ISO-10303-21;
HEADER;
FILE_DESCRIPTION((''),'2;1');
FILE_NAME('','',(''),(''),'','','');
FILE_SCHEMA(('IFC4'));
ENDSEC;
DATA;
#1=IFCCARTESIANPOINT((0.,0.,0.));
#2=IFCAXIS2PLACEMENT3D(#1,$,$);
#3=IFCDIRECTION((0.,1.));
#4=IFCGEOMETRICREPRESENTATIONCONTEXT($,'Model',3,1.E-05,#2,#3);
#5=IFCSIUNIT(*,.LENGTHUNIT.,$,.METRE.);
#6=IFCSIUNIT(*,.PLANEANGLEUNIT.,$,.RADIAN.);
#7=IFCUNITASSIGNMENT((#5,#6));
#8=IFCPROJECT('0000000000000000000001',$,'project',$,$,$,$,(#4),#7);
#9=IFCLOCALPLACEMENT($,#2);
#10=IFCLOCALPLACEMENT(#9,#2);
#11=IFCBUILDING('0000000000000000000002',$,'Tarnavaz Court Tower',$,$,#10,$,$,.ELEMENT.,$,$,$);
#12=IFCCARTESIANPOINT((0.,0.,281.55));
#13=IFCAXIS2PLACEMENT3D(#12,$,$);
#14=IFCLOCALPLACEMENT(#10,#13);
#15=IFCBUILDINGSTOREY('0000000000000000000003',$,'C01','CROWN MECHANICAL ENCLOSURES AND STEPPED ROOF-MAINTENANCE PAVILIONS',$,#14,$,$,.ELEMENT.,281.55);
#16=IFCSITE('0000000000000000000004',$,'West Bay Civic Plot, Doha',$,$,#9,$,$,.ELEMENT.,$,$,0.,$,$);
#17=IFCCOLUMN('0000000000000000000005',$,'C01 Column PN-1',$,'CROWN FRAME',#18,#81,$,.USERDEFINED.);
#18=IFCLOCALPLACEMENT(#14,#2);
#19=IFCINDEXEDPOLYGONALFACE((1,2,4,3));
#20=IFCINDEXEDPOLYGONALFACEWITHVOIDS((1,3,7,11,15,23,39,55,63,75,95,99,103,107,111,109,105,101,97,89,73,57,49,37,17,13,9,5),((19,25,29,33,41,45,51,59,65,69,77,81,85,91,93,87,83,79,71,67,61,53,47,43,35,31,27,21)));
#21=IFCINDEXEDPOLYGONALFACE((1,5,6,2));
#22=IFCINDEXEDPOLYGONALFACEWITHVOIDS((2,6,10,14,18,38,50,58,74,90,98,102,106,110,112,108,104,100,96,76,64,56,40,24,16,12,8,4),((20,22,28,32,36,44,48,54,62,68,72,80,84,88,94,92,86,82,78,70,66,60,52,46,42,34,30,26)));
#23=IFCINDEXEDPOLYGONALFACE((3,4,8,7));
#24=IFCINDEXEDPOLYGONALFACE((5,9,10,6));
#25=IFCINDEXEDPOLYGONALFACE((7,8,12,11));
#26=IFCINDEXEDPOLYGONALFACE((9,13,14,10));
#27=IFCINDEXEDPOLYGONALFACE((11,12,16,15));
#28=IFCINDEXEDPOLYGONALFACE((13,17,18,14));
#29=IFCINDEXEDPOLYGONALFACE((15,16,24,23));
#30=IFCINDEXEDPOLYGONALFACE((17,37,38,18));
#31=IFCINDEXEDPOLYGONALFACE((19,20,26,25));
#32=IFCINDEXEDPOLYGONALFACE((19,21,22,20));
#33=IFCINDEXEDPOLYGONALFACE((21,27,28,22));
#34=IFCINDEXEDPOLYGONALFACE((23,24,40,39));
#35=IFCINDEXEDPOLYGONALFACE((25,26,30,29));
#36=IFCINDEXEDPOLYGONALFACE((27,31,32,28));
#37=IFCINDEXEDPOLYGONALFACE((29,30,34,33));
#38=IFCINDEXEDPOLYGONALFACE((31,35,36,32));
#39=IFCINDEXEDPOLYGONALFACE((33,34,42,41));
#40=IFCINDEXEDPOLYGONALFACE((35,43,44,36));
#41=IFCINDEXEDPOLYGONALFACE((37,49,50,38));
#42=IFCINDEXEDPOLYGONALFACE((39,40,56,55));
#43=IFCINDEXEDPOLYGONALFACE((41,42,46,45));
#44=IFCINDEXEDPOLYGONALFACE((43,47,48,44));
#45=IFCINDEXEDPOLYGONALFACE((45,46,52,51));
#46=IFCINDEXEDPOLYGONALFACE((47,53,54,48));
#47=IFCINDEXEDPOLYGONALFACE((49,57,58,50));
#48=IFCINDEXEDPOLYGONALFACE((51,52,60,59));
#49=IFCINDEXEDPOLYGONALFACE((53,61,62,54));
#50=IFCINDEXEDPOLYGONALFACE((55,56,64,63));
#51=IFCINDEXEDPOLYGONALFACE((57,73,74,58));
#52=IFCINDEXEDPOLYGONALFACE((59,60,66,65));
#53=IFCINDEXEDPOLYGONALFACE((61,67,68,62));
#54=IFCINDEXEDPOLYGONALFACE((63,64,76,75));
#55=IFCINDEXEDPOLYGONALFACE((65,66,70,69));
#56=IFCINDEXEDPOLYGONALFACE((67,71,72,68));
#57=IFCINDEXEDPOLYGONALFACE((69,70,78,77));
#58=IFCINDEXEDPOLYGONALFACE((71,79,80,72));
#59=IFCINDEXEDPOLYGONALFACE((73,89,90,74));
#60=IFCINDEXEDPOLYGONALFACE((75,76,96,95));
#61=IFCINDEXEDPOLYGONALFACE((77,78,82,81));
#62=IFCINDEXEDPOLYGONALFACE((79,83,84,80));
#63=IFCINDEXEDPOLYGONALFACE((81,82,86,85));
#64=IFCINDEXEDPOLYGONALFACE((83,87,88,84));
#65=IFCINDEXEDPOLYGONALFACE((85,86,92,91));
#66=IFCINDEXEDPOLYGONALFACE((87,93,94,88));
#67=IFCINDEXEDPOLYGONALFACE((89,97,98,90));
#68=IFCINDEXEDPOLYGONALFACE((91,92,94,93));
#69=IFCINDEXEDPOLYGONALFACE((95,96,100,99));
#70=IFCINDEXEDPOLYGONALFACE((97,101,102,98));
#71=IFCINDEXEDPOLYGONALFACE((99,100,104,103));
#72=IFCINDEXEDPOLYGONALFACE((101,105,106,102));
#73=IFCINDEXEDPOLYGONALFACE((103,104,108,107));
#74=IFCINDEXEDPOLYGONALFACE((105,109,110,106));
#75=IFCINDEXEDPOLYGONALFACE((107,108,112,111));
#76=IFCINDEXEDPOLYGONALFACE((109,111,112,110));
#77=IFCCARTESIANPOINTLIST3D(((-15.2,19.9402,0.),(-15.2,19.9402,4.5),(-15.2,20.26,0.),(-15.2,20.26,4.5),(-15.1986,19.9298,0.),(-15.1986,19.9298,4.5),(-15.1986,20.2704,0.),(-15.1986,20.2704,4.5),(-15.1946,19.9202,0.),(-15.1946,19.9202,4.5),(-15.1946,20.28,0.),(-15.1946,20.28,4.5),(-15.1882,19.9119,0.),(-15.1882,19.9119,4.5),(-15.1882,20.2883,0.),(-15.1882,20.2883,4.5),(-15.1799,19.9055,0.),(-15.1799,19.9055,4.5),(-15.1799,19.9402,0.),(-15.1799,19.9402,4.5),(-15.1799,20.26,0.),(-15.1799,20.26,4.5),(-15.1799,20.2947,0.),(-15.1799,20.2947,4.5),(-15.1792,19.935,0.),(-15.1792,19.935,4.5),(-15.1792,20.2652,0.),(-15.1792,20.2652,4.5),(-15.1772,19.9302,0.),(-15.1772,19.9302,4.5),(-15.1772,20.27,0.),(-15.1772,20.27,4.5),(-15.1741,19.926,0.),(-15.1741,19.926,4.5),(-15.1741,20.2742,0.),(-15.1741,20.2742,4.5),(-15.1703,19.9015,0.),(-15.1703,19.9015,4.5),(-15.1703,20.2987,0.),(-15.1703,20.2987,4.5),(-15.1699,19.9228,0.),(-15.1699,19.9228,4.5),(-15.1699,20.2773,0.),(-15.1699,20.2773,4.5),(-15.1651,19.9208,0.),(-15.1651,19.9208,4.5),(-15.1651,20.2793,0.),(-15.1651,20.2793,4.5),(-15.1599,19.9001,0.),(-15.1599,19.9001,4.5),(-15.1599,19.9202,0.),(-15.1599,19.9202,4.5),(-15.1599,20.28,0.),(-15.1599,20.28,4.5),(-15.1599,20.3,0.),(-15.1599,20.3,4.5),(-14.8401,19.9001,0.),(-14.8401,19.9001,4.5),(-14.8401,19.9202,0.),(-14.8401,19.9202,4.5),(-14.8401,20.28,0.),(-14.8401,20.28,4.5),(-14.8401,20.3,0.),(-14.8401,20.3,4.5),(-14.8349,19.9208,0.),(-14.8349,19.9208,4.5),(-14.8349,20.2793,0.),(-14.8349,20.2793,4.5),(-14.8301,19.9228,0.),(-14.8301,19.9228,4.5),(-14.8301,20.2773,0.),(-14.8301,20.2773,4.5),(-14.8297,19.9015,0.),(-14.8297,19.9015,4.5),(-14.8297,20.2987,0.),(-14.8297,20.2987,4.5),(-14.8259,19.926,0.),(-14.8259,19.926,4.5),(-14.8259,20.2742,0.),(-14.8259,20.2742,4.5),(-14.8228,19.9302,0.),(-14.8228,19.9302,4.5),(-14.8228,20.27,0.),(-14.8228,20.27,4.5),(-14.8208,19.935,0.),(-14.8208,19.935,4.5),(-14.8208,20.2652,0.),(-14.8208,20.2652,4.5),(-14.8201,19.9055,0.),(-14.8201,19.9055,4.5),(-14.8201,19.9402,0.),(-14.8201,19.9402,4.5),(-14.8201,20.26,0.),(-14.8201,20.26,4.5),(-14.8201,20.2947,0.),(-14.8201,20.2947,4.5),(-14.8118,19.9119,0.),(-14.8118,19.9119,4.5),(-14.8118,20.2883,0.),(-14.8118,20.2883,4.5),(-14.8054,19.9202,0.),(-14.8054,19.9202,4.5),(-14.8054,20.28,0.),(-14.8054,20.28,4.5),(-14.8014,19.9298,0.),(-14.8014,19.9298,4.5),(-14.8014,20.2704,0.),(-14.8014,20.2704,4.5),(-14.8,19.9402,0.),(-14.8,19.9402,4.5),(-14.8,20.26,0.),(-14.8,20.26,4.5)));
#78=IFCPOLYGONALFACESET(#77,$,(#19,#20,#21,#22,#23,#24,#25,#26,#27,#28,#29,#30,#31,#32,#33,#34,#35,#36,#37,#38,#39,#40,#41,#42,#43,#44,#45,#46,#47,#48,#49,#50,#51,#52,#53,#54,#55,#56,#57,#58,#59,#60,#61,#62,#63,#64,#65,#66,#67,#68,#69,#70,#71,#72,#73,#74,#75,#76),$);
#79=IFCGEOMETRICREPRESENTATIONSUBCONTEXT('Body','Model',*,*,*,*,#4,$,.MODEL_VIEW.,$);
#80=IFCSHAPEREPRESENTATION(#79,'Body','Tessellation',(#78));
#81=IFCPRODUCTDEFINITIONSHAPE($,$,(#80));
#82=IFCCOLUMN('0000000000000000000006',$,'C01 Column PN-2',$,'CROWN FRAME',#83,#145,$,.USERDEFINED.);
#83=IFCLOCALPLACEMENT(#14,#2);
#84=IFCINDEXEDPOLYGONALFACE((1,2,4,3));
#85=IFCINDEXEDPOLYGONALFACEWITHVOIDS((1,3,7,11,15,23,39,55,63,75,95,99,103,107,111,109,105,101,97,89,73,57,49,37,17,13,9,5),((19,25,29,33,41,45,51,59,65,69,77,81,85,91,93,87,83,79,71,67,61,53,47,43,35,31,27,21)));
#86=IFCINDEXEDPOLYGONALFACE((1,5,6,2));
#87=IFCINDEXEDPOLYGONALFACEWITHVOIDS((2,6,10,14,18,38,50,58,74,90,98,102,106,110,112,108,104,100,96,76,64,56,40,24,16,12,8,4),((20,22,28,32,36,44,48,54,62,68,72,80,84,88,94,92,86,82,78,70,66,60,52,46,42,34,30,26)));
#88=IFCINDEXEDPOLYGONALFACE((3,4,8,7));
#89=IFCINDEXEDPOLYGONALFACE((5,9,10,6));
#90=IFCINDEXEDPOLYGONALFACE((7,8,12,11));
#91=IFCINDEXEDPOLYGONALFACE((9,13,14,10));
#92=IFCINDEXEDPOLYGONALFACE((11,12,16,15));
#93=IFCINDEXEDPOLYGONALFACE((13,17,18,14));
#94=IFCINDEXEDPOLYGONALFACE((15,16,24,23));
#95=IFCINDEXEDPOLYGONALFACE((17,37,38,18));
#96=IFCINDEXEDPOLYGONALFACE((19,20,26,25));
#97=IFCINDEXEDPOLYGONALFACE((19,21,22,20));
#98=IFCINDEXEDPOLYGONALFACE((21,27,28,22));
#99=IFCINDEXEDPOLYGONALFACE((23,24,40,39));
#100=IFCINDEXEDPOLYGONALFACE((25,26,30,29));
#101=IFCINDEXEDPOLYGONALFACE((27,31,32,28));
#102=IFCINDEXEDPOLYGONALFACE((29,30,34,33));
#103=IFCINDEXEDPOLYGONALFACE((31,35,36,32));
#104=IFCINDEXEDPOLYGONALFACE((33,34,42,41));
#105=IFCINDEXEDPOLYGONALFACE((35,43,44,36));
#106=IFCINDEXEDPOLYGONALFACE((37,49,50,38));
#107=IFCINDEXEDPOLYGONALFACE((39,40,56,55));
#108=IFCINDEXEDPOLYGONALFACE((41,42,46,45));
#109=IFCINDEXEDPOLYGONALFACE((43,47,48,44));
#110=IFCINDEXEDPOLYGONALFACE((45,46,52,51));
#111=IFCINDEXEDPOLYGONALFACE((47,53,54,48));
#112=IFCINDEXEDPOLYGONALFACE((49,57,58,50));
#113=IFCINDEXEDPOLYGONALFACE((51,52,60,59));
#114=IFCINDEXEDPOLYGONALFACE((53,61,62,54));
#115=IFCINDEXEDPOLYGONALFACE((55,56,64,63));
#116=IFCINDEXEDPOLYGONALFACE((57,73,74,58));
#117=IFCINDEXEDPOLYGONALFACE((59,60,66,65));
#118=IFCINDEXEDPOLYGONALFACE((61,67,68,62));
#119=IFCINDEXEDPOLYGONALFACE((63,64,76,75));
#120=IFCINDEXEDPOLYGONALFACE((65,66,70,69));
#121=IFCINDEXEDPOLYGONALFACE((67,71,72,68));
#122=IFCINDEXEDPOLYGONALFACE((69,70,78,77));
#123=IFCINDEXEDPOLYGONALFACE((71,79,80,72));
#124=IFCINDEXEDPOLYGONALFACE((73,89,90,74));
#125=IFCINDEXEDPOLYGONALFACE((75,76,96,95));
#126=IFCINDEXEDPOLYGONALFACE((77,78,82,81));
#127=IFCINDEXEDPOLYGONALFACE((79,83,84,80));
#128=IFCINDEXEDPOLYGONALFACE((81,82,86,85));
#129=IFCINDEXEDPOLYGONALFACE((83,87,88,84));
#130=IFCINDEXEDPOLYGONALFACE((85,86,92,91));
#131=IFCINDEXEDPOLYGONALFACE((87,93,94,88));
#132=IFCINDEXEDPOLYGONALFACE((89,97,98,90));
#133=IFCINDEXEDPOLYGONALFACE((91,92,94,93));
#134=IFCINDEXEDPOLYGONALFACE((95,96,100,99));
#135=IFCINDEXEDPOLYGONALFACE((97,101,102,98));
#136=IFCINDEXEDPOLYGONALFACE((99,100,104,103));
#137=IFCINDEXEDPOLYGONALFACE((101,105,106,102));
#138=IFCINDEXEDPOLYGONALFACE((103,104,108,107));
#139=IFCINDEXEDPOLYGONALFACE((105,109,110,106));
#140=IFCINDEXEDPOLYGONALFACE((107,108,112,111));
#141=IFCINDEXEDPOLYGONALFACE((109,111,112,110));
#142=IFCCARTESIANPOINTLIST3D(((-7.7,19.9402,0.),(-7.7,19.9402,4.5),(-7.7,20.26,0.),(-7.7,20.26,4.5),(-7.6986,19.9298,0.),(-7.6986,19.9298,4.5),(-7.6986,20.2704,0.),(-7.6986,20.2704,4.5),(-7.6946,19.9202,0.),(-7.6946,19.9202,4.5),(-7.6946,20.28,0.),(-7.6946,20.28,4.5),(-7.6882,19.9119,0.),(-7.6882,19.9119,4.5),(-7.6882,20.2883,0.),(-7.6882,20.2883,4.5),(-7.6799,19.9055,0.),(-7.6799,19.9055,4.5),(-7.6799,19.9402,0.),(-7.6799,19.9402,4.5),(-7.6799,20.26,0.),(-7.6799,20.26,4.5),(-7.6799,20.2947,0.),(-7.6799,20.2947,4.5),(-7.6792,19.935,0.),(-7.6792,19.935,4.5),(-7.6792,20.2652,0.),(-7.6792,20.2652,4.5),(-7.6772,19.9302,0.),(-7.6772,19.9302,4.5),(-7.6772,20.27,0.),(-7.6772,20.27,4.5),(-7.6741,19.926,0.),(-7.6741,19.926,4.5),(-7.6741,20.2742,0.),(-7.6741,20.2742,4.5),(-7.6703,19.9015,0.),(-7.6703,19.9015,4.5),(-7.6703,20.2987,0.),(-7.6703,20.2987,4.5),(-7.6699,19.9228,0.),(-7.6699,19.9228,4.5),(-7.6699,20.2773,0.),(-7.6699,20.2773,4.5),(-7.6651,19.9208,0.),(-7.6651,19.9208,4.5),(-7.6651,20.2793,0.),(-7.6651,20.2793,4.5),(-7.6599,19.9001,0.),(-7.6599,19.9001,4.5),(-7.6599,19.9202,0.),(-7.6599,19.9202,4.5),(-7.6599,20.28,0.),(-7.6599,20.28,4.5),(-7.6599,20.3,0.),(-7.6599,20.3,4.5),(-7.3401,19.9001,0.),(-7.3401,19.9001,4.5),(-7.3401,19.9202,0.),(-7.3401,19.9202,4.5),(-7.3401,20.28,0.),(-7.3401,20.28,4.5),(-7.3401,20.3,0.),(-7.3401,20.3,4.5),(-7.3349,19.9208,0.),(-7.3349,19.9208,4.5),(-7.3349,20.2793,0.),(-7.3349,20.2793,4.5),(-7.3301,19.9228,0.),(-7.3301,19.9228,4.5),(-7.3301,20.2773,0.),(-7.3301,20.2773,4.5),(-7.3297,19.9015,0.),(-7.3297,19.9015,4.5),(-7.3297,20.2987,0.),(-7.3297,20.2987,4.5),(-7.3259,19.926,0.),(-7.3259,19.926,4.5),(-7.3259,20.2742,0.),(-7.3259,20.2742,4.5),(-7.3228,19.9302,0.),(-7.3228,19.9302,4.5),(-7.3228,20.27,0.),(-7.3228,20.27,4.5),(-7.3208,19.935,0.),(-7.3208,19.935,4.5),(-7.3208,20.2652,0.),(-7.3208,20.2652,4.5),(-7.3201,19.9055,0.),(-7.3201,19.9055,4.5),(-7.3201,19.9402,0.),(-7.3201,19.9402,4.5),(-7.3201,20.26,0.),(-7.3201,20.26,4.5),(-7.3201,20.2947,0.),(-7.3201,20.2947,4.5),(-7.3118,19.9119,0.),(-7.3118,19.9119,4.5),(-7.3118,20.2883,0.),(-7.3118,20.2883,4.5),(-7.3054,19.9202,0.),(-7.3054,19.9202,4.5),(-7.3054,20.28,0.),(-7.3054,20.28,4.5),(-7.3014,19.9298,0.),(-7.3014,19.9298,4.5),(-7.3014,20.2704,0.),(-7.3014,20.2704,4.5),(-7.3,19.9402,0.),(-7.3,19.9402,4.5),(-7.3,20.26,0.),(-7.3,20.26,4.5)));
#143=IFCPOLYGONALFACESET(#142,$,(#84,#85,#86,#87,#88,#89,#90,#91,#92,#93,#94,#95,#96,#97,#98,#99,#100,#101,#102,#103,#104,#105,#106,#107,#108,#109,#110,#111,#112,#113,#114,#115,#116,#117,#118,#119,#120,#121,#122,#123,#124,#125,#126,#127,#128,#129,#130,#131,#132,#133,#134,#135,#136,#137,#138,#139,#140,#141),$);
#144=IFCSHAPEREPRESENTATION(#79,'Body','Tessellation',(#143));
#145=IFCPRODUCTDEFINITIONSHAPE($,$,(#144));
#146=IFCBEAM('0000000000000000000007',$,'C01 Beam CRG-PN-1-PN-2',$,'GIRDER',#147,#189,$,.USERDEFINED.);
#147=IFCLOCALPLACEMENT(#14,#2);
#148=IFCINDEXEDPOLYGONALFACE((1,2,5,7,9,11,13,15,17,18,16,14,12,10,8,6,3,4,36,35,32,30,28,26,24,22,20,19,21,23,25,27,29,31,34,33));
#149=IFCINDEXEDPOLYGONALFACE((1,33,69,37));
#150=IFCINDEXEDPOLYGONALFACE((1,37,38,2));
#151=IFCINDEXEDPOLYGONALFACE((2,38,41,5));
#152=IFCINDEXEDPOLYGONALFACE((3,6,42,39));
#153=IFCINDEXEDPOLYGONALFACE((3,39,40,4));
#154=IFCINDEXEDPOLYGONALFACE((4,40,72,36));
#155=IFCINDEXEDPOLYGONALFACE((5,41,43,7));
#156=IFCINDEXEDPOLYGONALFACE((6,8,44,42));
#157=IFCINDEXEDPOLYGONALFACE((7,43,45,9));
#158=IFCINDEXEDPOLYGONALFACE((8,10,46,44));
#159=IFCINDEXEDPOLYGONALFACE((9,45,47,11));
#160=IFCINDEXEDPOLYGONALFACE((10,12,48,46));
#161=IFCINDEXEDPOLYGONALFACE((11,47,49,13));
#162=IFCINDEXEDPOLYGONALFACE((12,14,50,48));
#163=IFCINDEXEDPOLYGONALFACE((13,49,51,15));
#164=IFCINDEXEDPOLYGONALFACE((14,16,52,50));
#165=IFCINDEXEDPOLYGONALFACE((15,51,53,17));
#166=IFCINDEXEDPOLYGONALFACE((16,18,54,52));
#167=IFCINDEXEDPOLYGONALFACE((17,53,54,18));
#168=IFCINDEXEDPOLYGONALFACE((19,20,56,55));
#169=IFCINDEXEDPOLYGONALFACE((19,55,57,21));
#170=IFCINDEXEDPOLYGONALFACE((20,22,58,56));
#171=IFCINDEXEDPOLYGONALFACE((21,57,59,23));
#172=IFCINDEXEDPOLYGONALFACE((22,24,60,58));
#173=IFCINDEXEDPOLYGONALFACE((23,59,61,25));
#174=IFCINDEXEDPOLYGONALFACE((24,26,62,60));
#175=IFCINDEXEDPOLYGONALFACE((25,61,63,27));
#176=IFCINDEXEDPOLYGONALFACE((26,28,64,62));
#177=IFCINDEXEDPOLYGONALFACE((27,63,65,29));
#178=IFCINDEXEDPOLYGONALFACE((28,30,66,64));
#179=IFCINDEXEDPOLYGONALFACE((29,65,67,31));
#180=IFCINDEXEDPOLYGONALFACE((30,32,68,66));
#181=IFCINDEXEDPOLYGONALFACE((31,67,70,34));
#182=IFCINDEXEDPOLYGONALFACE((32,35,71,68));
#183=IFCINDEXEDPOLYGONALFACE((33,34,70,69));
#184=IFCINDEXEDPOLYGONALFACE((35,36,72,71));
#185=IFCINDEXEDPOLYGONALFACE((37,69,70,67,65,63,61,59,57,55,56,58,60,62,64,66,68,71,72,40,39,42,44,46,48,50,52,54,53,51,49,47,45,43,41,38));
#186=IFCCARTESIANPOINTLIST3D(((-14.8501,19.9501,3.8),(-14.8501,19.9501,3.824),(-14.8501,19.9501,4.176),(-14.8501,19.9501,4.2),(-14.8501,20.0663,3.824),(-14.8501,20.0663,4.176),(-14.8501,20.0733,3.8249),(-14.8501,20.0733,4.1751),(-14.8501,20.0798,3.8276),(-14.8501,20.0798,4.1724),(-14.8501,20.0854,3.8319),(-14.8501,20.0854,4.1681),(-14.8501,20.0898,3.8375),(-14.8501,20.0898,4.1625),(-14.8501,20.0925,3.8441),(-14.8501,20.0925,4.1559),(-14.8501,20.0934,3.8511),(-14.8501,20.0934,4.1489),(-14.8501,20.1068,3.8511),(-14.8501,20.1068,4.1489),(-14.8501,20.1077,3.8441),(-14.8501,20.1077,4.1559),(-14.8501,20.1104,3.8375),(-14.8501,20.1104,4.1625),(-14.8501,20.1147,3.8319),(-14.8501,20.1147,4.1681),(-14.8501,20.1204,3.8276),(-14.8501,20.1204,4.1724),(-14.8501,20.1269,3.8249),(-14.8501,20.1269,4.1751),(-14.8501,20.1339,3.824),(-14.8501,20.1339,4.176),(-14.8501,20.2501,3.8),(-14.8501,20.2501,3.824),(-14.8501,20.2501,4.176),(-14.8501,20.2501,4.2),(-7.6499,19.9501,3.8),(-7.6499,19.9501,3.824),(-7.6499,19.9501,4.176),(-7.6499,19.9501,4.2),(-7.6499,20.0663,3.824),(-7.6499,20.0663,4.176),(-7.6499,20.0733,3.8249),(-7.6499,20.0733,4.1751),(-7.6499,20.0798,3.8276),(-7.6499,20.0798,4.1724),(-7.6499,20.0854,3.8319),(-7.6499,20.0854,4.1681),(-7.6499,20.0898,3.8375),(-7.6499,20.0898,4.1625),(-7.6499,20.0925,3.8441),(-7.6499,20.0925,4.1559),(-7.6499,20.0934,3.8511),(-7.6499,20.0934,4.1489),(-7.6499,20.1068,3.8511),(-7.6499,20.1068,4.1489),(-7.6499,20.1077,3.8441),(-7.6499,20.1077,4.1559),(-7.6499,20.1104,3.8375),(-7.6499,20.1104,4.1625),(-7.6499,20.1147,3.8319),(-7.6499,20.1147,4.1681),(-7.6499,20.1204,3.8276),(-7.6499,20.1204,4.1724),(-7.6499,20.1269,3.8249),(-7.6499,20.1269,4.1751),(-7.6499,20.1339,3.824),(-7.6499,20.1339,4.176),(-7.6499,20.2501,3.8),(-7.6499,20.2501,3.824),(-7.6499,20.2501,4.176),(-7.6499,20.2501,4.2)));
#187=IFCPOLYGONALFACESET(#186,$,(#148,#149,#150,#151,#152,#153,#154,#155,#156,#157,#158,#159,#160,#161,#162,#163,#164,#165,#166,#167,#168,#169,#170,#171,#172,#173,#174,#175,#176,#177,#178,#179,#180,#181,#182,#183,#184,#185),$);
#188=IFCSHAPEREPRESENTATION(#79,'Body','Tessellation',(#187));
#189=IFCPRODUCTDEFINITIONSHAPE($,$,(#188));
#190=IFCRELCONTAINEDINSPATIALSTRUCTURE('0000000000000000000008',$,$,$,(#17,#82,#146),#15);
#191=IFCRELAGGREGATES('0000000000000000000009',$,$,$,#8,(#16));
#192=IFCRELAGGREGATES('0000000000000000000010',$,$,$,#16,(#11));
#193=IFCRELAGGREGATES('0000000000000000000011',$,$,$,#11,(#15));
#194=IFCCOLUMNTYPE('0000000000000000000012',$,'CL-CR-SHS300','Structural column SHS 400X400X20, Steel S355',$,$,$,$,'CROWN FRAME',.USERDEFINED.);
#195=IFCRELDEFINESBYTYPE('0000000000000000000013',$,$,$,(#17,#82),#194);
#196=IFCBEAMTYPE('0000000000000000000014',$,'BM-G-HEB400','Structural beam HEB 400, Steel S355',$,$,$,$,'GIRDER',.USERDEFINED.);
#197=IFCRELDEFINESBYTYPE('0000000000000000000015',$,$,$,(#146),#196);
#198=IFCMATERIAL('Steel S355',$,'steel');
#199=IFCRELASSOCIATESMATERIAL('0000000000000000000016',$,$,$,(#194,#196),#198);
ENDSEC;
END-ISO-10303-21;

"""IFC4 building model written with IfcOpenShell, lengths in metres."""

from ifc_helpers import new_model, si_unit, direction, frame, origin, origin_2d, place, context, subcontext, project, spatial, hollow_rectangle, i_section, extrude, material, material_profile, profile_set, type_object, element, save


model = new_model("IFC4")

# Units and contexts
model_context = context("Model", 3, precision=1e-05, world=origin(), true_north=direction((0.0, 1.0)))
body_context = subcontext(model_context, "Body", "Model", "MODEL_VIEW")
ifc_project = project(units=[si_unit("LENGTHUNIT", "METRE"), si_unit("PLANEANGLEUNIT", "RADIAN")], contexts=[model_context])

# Site, building, storey
site_placement = place(None, origin())
site = spatial("IfcSite", under=ifc_project, at=site_placement, Name="West Bay Civic Plot, Doha", CompositionType="ELEMENT", RefElevation=0.0)
building_placement = place(site_placement, origin())
building = spatial("IfcBuilding", under=site, at=building_placement, Name="Tarnavaz Court Tower", CompositionType="ELEMENT")
storey_placement = place(building_placement, frame((0.0, 0.0, 281.55)))
storey = spatial("IfcBuildingStorey", under=building, at=storey_placement, Name="C01", Description="CROWN MECHANICAL ENCLOSURES AND STEPPED ROOF-MAINTENANCE PAVILIONS", CompositionType="ELEMENT", Elevation=281.55)

# Columns
ifc_material_1 = material(Name="Steel S355", Category="steel")
ifc_material_profile_1 = material_profile(ifc_material_1, hollow_rectangle(XDim=0.3999, YDim=0.3999, WallThickness=0.02, InnerFilletRadius=0.02, OuterFilletRadius=0.04, at=origin_2d()), Name="SHS 400X400X20")
ifc_profile_set_1 = profile_set([ifc_material_profile_1], Name="Steel S355")
column_type = type_object("IfcColumnType", Name="CL-CR-SHS300", Description="Structural column SHS 400X400X20, Steel S355", ElementType="CROWN FRAME", PredefinedType="USERDEFINED", material=ifc_profile_set_1)
for number, where, z_axis, x_axis, name in (
    (1, (-15.0, 20.1001, 0.0), (0.0, 0.0, 1.0), (1.0, 0.0, 0.0), "C01 Column PN-1"),
    (2, (-7.5, 20.1001, 0.0), (0.0, 0.0, 1.0), (1.0, 0.0, 0.0), "C01 Column PN-2"),
):
    element("IfcColumn", number, at=place(storey_placement, frame(where, z_axis=z_axis, x_axis=x_axis)), inside=storey, type_object=column_type, Name=name, ObjectType="CROWN FRAME", PredefinedType="USERDEFINED", context=body_context, shape_type="SweptSolid", body=[
        extrude(hollow_rectangle(XDim=0.3999, YDim=0.3999, WallThickness=0.02, InnerFilletRadius=0.02, OuterFilletRadius=0.04, at=origin_2d()), origin(), (0.0, 0.0, 1.0), 4.5),
    ])

# Beam
ifc_material_profile_2 = material_profile(ifc_material_1, i_section(OverallWidth=0.3, OverallDepth=0.3999, WebThickness=0.0134, FlangeThickness=0.0239, FilletRadius=0.0271, at=origin_2d()), Name="HEB 400")
ifc_profile_set_2 = profile_set([ifc_material_profile_2], Name="Steel S355")
beam_type = type_object("IfcBeamType", Name="BM-G-HEB400", Description="Structural beam HEB 400, Steel S355", ElementType="GIRDER", PredefinedType="USERDEFINED", material=ifc_profile_set_2)
beam_1_placement = place(storey_placement, frame((-14.8501, 20.1001, 4.0), z_axis=(1.0, 0.0, 0.0), x_axis=(0.0, 1.0, 0.0)))
element("IfcBeam", 3, at=beam_1_placement, inside=storey, type_object=beam_type, Name="C01 Beam CRG-PN-1-PN-2", ObjectType="GIRDER", PredefinedType="USERDEFINED", context=body_context, shape_type="SweptSolid", body=[
    extrude(i_section(OverallWidth=0.3, OverallDepth=0.3999, WebThickness=0.0134, FlangeThickness=0.0239, FilletRadius=0.0271, at=origin_2d()), origin(), (0.0, 0.0, 1.0), 7.2002),
])

save(model, "model.ifc")
